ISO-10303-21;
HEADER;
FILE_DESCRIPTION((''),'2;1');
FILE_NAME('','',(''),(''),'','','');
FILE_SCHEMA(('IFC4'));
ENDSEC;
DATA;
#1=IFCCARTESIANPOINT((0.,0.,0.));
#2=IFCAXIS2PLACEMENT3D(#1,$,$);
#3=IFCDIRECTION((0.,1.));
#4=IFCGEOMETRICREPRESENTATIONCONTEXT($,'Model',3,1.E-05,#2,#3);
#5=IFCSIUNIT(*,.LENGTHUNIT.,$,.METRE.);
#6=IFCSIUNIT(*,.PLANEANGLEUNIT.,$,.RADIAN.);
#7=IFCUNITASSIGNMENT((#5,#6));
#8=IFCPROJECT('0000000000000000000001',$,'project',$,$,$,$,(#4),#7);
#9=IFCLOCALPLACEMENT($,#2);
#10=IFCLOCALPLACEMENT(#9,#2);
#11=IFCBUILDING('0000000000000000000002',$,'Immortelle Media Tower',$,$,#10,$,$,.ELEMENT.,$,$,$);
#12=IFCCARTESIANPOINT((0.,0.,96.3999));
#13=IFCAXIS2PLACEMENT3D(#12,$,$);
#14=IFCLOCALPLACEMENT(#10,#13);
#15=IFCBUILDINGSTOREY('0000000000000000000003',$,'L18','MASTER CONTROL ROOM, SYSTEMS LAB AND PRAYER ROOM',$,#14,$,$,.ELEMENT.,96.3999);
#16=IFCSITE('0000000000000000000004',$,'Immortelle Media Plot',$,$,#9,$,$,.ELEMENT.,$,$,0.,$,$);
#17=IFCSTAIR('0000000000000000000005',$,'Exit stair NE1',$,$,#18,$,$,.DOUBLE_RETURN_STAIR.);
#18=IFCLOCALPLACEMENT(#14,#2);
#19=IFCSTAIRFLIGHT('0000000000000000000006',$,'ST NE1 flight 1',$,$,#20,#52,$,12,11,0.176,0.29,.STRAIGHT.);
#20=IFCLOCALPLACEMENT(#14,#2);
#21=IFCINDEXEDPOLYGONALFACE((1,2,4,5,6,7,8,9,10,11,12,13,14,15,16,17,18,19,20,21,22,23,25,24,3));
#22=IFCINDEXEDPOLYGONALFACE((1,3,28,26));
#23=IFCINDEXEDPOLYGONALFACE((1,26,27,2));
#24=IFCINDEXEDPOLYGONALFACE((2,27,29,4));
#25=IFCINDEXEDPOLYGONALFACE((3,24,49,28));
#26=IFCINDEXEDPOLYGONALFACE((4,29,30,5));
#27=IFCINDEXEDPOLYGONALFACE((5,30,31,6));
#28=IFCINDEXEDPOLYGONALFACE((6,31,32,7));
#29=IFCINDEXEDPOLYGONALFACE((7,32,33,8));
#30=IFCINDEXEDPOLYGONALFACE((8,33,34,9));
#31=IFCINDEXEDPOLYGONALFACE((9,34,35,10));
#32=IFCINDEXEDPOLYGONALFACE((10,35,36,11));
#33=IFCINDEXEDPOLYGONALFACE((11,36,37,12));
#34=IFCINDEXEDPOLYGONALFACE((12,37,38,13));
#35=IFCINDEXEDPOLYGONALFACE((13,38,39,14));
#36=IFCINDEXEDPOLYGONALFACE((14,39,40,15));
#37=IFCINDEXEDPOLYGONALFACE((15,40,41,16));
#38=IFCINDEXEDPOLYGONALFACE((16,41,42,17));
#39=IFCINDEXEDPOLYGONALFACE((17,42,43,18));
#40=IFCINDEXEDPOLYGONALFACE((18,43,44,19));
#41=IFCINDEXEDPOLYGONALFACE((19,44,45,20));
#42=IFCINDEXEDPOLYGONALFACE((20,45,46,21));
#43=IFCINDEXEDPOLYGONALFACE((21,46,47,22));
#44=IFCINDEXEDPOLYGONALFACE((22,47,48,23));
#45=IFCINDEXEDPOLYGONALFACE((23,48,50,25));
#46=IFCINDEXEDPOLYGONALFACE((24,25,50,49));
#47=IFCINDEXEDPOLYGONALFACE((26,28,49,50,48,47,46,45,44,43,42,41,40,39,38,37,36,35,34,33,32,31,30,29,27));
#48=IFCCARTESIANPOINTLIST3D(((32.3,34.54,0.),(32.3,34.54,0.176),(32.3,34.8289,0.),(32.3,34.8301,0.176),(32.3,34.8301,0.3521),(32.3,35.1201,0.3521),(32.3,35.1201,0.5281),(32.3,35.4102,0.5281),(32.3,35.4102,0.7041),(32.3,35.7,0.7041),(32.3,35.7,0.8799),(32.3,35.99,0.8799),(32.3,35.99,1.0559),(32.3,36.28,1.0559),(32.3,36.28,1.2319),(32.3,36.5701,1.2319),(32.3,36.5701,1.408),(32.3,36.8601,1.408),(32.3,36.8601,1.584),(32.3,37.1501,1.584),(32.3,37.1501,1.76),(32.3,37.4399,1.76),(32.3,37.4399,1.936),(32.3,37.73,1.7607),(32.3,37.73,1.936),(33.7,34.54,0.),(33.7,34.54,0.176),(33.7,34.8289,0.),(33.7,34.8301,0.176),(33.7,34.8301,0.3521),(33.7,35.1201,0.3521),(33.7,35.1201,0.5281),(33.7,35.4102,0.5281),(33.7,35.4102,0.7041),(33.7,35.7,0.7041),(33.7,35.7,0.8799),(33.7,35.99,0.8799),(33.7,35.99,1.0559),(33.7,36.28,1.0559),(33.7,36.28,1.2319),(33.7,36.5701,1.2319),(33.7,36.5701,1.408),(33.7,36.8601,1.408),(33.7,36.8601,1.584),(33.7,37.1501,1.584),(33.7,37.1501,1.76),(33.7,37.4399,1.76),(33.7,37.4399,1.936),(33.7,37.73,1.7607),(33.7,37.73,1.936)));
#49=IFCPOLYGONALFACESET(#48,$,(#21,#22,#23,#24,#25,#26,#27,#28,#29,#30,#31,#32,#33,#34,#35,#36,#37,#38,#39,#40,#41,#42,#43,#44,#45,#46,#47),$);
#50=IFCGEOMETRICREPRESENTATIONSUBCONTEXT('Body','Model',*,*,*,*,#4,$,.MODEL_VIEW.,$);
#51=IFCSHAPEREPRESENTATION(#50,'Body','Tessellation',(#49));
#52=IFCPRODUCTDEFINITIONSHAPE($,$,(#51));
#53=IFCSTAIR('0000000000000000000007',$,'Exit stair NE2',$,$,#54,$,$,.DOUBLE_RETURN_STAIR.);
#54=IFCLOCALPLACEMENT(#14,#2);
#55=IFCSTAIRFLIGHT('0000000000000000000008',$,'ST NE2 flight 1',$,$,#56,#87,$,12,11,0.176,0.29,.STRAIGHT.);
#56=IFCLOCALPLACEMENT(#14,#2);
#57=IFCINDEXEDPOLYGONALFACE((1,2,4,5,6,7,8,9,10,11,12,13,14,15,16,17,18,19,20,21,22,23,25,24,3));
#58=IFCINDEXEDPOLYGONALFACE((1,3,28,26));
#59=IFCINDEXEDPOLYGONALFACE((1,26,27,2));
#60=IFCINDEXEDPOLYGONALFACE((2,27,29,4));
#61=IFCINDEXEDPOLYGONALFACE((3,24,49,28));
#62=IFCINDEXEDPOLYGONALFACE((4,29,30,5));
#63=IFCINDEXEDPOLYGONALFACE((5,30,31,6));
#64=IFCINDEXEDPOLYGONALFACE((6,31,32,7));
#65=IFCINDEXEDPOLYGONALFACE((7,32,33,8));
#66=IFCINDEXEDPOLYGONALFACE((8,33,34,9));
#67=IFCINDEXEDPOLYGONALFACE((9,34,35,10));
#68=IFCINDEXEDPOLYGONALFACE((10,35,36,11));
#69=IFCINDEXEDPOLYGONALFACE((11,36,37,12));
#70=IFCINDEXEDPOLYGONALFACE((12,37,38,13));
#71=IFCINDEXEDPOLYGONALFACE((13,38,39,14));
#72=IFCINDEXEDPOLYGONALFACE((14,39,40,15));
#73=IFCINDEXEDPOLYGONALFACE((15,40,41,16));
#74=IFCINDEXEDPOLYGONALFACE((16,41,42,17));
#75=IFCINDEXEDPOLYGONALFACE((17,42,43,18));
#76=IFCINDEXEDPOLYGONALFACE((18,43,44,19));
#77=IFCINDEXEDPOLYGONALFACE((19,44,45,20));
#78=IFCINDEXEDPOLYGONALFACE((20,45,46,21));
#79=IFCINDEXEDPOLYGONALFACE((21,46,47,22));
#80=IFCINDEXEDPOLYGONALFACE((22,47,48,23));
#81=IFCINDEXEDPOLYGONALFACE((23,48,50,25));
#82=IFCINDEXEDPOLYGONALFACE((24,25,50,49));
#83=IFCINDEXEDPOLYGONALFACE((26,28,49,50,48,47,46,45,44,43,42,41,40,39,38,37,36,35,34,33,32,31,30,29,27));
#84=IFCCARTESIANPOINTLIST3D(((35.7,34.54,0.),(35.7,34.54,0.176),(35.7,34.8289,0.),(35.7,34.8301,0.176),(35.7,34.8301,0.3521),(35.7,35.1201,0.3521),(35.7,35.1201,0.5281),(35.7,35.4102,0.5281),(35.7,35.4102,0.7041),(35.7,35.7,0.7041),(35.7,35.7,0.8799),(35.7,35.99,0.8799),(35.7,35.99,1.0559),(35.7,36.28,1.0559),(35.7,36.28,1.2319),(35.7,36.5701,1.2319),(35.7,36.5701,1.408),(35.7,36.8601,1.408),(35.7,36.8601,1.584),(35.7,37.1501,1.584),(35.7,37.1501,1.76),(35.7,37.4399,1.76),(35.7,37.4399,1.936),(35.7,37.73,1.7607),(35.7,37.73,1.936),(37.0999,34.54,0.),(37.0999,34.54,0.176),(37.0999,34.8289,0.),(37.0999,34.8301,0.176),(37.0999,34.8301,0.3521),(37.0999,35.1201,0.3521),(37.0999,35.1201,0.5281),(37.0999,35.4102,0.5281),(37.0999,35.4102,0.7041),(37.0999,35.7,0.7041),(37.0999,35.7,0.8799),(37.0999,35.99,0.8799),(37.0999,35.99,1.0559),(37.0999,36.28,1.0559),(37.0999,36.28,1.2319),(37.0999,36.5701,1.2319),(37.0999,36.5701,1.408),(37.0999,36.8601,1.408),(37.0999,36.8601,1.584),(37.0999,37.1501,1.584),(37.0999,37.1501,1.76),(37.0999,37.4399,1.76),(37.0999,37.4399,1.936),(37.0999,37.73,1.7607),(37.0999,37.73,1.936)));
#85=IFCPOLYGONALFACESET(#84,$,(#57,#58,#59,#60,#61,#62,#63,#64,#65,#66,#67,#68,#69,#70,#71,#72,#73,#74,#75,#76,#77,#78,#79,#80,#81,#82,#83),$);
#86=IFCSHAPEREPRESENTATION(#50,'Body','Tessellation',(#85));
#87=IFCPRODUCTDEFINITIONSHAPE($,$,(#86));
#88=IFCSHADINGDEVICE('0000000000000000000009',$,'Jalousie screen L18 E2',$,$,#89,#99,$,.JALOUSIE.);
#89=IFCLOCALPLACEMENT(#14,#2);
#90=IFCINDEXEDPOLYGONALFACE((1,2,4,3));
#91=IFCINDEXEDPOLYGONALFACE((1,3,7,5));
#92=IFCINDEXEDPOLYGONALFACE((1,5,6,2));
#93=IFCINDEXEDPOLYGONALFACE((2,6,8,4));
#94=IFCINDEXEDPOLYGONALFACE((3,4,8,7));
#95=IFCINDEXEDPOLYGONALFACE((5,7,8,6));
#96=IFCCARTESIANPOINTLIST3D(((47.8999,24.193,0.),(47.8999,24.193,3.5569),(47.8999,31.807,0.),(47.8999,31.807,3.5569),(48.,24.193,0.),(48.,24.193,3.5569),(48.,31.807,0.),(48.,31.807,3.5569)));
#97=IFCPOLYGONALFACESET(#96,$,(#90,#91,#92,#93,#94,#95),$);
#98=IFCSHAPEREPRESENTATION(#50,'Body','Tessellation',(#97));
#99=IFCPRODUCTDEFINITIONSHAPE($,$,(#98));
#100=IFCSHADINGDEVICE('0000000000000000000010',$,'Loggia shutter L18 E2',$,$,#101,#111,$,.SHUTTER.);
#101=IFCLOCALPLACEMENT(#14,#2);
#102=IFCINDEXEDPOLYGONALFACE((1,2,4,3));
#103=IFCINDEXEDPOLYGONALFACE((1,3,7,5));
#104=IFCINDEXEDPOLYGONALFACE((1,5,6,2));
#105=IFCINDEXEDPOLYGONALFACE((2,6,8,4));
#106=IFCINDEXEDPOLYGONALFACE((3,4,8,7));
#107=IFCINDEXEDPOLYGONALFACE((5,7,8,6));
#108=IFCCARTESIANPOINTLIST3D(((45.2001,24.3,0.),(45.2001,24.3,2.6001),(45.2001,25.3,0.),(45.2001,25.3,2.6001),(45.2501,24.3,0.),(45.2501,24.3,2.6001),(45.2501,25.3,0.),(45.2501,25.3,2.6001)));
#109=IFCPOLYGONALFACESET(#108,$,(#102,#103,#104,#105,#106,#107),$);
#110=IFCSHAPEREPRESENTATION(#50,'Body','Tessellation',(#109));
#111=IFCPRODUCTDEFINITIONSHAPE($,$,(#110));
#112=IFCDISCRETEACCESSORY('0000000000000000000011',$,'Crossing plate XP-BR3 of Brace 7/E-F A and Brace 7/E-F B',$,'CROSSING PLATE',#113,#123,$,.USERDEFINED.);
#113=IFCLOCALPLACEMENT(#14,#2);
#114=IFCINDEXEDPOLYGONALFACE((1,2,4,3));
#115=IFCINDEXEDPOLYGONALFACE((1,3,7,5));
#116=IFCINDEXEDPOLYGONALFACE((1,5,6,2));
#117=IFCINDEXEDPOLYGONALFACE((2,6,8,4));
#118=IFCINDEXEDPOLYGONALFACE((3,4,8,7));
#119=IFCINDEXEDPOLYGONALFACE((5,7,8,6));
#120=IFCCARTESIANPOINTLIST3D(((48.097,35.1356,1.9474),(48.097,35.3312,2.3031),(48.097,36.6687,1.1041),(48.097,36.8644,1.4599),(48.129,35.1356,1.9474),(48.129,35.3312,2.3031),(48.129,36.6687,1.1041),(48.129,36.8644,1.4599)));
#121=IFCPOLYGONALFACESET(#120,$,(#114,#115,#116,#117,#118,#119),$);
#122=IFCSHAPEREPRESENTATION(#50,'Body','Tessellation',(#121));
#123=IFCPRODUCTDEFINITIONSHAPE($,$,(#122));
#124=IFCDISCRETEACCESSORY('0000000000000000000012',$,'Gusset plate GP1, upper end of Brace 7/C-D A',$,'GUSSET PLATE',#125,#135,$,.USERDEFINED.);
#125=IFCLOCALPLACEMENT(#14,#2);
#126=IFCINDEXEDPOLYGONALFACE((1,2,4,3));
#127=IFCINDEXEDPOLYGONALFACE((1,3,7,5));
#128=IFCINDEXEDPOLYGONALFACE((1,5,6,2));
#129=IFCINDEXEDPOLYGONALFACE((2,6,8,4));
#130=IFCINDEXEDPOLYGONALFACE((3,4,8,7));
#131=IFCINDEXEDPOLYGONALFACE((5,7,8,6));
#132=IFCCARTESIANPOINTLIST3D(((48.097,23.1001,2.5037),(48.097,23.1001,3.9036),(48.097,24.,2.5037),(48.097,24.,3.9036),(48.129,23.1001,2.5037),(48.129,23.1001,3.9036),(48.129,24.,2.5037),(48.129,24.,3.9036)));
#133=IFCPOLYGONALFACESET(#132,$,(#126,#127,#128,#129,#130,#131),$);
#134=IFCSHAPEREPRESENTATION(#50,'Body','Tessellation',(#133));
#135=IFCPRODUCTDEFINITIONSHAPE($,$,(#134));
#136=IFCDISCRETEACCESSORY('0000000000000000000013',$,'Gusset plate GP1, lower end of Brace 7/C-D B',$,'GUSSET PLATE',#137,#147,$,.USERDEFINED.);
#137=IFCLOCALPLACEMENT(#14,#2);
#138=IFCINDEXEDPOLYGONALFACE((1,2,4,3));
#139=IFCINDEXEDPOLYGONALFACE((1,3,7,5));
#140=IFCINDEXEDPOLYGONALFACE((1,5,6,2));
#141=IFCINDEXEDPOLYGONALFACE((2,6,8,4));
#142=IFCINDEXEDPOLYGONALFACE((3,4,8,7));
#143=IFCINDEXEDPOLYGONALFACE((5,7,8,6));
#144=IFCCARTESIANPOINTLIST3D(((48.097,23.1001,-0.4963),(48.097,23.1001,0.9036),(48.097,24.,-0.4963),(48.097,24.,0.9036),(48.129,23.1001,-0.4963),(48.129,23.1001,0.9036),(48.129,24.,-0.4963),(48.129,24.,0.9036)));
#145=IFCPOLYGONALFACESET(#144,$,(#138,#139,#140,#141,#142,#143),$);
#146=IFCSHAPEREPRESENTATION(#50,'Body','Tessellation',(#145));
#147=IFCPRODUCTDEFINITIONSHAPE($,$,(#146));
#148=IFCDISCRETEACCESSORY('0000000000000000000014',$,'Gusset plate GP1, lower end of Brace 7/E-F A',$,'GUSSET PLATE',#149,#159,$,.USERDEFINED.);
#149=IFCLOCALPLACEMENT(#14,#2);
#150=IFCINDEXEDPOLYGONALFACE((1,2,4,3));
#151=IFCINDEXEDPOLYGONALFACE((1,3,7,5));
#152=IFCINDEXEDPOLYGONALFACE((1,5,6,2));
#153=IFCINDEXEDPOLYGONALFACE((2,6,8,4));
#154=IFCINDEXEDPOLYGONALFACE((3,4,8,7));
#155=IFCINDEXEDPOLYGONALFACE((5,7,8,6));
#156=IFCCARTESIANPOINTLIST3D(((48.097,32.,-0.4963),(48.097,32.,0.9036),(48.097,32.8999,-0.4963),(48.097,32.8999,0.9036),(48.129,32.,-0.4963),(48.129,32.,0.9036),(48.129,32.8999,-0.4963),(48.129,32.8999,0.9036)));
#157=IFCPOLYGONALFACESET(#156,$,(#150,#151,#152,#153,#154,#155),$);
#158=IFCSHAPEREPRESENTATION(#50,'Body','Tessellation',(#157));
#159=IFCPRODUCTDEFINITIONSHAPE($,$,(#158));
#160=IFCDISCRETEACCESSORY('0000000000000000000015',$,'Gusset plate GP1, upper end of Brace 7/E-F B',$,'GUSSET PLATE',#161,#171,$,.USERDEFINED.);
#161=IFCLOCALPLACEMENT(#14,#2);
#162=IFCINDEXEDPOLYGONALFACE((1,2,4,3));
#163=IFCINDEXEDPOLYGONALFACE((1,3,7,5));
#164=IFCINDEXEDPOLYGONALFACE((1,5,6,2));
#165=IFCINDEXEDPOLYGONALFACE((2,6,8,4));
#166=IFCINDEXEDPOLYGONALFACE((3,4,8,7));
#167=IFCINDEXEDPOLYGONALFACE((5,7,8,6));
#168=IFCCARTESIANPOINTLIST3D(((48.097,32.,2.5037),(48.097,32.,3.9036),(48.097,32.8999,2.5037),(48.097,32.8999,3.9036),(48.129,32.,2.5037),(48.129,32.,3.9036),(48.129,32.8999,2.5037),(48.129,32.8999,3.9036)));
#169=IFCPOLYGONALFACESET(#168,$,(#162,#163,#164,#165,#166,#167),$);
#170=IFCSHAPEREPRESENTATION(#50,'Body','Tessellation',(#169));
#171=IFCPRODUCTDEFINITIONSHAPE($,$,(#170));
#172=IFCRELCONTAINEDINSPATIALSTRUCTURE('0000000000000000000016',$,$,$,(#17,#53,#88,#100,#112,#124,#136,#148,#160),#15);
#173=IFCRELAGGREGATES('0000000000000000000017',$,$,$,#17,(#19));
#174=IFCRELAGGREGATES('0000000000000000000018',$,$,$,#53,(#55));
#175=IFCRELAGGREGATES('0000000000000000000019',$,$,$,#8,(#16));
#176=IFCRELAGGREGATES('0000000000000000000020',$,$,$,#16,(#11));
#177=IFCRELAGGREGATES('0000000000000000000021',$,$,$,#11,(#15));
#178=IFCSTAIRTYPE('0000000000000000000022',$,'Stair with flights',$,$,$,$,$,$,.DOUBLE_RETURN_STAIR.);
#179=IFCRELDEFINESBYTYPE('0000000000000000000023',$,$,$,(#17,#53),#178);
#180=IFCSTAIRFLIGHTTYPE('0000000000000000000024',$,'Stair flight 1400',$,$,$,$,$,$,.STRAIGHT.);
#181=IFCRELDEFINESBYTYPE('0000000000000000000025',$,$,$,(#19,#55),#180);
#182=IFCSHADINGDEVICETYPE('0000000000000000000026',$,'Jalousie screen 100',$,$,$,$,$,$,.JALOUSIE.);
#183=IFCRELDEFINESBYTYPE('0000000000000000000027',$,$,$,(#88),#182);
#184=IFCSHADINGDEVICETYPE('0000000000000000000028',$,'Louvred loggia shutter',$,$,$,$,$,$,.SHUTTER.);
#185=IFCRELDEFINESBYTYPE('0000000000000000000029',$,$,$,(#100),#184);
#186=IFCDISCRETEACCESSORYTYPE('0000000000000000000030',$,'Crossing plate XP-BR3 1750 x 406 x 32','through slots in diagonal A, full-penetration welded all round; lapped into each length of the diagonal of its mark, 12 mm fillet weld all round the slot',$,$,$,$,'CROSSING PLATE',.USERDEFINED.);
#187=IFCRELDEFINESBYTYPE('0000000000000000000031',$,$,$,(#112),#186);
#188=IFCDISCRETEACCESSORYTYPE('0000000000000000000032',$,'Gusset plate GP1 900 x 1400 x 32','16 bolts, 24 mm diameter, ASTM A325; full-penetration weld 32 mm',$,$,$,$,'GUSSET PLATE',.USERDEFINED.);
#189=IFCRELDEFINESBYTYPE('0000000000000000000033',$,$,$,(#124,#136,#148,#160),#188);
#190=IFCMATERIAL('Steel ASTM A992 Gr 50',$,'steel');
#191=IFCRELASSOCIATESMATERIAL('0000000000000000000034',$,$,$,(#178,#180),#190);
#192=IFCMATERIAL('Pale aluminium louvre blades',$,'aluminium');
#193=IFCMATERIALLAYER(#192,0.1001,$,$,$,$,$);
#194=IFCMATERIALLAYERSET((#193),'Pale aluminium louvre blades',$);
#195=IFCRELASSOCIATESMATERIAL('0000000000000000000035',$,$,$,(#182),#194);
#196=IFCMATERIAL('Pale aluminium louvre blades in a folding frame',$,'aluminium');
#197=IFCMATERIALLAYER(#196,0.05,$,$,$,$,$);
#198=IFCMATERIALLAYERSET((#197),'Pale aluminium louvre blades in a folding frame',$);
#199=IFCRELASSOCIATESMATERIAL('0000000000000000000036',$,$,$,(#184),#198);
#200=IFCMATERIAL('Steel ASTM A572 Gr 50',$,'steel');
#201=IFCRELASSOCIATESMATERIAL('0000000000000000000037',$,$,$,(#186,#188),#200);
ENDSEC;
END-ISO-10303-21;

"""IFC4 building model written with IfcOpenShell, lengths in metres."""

from ifc_helpers import new_model, si_unit, direction, frame, origin, origin_2d, place, context, subcontext, project, spatial, polyline, rectangle, outline, extrude, material, layer, layer_set, material_profile, profile_set, type_object, element, aggregate, save


model = new_model("IFC4")

# Units and contexts
model_context = context("Model", 3, precision=1e-05, world=origin(), true_north=direction((0.0, 1.0)))
body_context = subcontext(model_context, "Body", "Model", "MODEL_VIEW")
ifc_project = project(units=[si_unit("LENGTHUNIT", "METRE"), si_unit("PLANEANGLEUNIT", "RADIAN")], contexts=[model_context])

# Site, building, storey
site_placement = place(None, origin())
site = spatial("IfcSite", under=ifc_project, at=site_placement, Name="Immortelle Media Plot", CompositionType="ELEMENT", RefElevation=0.0)
building_placement = place(site_placement, origin())
building = spatial("IfcBuilding", under=site, at=building_placement, Name="Immortelle Media Tower", CompositionType="ELEMENT")
storey_placement = place(building_placement, frame((0.0, 0.0, 96.3999)))
storey = spatial("IfcBuildingStorey", under=building, at=storey_placement, Name="L18", Description="MASTER CONTROL ROOM, SYSTEMS LAB AND PRAYER ROOM", CompositionType="ELEMENT", Elevation=96.3999)

# Shared definitions
ifc_material_1 = material(Name="Steel ASTM A992 Gr 50", Category="steel")

# Stairs, stair flights
stair_type = type_object("IfcStairType", Name="Stair with flights", PredefinedType="DOUBLE_RETURN_STAIR", material=ifc_material_1)
stair_1_placement = place(storey_placement, origin())
stair_1 = element("IfcStair", 1, at=stair_1_placement, inside=storey, type_object=stair_type, Name="Exit stair NE1", PredefinedType="DOUBLE_RETURN_STAIR")
stair_flight_type = type_object("IfcStairFlightType", Name="Stair flight 1400", PredefinedType="STRAIGHT", material=ifc_material_1)
stair_flight_1_placement = place(storey_placement, frame((33.0, 34.54, 0.0), z_axis=(0.0, 0.0, 1.0), x_axis=(0.0, 1.0, 0.0)))
stair_flight_1 = element("IfcStairFlight", 2, at=stair_flight_1_placement, type_object=stair_flight_type, Name="ST NE1 flight 1", NumberOfRisers=12, NumberOfTreads=11, PredefinedType="STRAIGHT", RiserHeight=0.176, TreadLength=0.29, context=body_context, shape_type="SweptSolid", body=[
    extrude(outline(polyline([(0.0, 0.0), (0.0, 0.176), (0.29, 0.176), (0.29, 0.3521), (0.5801, 0.3521), (0.5801, 0.5281), (0.8701, 0.5281), (0.8701, 0.7041), (1.1599, 0.7041), (1.1599, 0.8799), (1.45, 0.8799), (1.45, 1.0559), (1.74, 1.0559), (1.74, 1.2319), (2.03, 1.2319), (2.03, 1.408), (2.3201, 1.408), (2.3201, 1.584), (2.6101, 1.584), (2.6101, 1.76), (2.8999, 1.76), (2.8999, 1.936), (3.1899, 1.936), (3.1899, 2.1121), (3.1899, 1.7607), (0.2888, 0.0), (0.0, 0.0)])), frame((0.0, 0.7, 0.0), z_axis=(0.0, -1.0, 0.0), x_axis=(1.0, 0.0, 0.0)), (0.0, 0.0, 1.0), 1.3999),
])
aggregate(stair_1, [stair_flight_1])
stair_2_placement = place(storey_placement, origin())
stair_2 = element("IfcStair", 3, at=stair_2_placement, inside=storey, type_object=stair_type, Name="Exit stair NE2", PredefinedType="DOUBLE_RETURN_STAIR")
stair_flight_2_placement = place(storey_placement, frame((36.3999, 34.54, 0.0), z_axis=(0.0, 0.0, 1.0), x_axis=(0.0, 1.0, 0.0)))
stair_flight_2 = element("IfcStairFlight", 4, at=stair_flight_2_placement, type_object=stair_flight_type, Name="ST NE2 flight 1", NumberOfRisers=12, NumberOfTreads=11, PredefinedType="STRAIGHT", RiserHeight=0.176, TreadLength=0.29, context=body_context, shape_type="SweptSolid", body=[
    extrude(outline(polyline([(0.0, 0.0), (0.0, 0.176), (0.29, 0.176), (0.29, 0.3521), (0.5801, 0.3521), (0.5801, 0.5281), (0.8701, 0.5281), (0.8701, 0.7041), (1.1599, 0.7041), (1.1599, 0.8799), (1.45, 0.8799), (1.45, 1.0559), (1.74, 1.0559), (1.74, 1.2319), (2.03, 1.2319), (2.03, 1.408), (2.3201, 1.408), (2.3201, 1.584), (2.6101, 1.584), (2.6101, 1.76), (2.8999, 1.76), (2.8999, 1.936), (3.1899, 1.936), (3.1899, 2.1121), (3.1899, 1.7607), (0.2888, 0.0), (0.0, 0.0)])), frame((0.0, 0.7, 0.0), z_axis=(0.0, -1.0, 0.0), x_axis=(1.0, 0.0, 0.0)), (0.0, 0.0, 1.0), 1.3999),
])
aggregate(stair_2, [stair_flight_2])

# Shading devices
ifc_material_2 = material(Name="Pale aluminium louvre blades", Category="aluminium")
ifc_layer_1 = layer(ifc_material_2, 0.1001)
ifc_layer_set_1 = layer_set([ifc_layer_1], Name="Pale aluminium louvre blades")
shading_device_type_1 = type_object("IfcShadingDeviceType", Name="Jalousie screen 100", PredefinedType="JALOUSIE", material=ifc_layer_set_1)
shading_device_1_placement = place(storey_placement, frame((47.95, 28.0, 0.0), z_axis=(0.0, 0.0, 1.0), x_axis=(0.0, 1.0, 0.0)))
element("IfcShadingDevice", 5, at=shading_device_1_placement, inside=storey, type_object=shading_device_type_1, Name="Jalousie screen L18 E2", PredefinedType="JALOUSIE", context=body_context, shape_type="SweptSolid", body=[
    extrude(rectangle(XDim=7.614, YDim=0.1001, at=origin_2d()), origin(), (0.0, 0.0, 1.0), 3.5569),
])
ifc_material_3 = material(Name="Pale aluminium louvre blades in a folding frame", Category="aluminium")
ifc_layer_2 = layer(ifc_material_3, 0.05)
ifc_layer_set_2 = layer_set([ifc_layer_2], Name="Pale aluminium louvre blades in a folding frame")
shading_device_type_2 = type_object("IfcShadingDeviceType", Name="Louvred loggia shutter", PredefinedType="SHUTTER", material=ifc_layer_set_2)
shading_device_2_placement = place(storey_placement, frame((45.2251, 24.8, 0.0), z_axis=(0.0, 0.0, 1.0), x_axis=(0.0, 1.0, 0.0)))
element("IfcShadingDevice", 6, at=shading_device_2_placement, inside=storey, type_object=shading_device_type_2, Name="Loggia shutter L18 E2", PredefinedType="SHUTTER", context=body_context, shape_type="SweptSolid", body=[
    extrude(rectangle(XDim=1.0, YDim=0.05, at=origin_2d()), origin(), (0.0, 0.0, 1.0), 2.6001),
])

# Discrete accessories
ifc_material_4 = material(Name="Steel ASTM A572 Gr 50", Category="steel")
ifc_material_profile_1 = material_profile(ifc_material_4, rectangle(XDim=0.032, YDim=0.406, at=origin_2d()), Name="PL 32 x 406")
ifc_profile_set_1 = profile_set([ifc_material_profile_1], Name="Steel ASTM A572 Gr 50")
discrete_accessory_type_1 = type_object("IfcDiscreteAccessoryType", Name="Crossing plate XP-BR3 1750 x 406 x 32", Description="through slots in diagonal A, full-penetration welded all round; lapped into each length of the diagonal of its mark, 12 mm fillet weld all round the slot", ElementType="CROSSING PLATE", PredefinedType="USERDEFINED", material=ifc_profile_set_1)
discrete_accessory_placement = place(storey_placement, frame((48.113, 35.2334, 2.1252), z_axis=(0.0, 0.876216, -0.481919), x_axis=(-1.0, 0.0, 0.0)))
element("IfcDiscreteAccessory", 7, at=discrete_accessory_placement, inside=storey, type_object=discrete_accessory_type_1, Name="Crossing plate XP-BR3 of Brace 7/E-F A and Brace 7/E-F B", ObjectType="CROSSING PLATE", PredefinedType="USERDEFINED", context=body_context, shape_type="SweptSolid", body=[
    extrude(rectangle(XDim=0.032, YDim=0.406, at=origin_2d()), origin(), (0.0, 0.0, 1.0), 1.7498),
])
ifc_material_profile_2 = material_profile(ifc_material_4, rectangle(XDim=0.032, YDim=1.3999, at=origin_2d()), Name="PL 32 x 1400")
ifc_profile_set_2 = profile_set([ifc_material_profile_2], Name="Steel ASTM A572 Gr 50")
discrete_accessory_type_2 = type_object("IfcDiscreteAccessoryType", Name="Gusset plate GP1 900 x 1400 x 32", Description="16 bolts, 24 mm diameter, ASTM A325; full-penetration weld 32 mm", ElementType="GUSSET PLATE", PredefinedType="USERDEFINED", material=ifc_profile_set_2)
for number, where, z_axis, x_axis, name in (
    (8, (48.113, 24.0, 3.2036), (0.0, -1.0, 0.0), (1.0, 0.0, 0.0), "Gusset plate GP1, upper end of Brace 7/C-D A"),
    (9, (48.113, 24.0, 0.2036), (0.0, -1.0, 0.0), (1.0, 0.0, 0.0), "Gusset plate GP1, lower end of Brace 7/C-D B"),
    (10, (48.113, 32.0, 0.2036), (0.0, 1.0, 0.0), (-1.0, 0.0, 0.0), "Gusset plate GP1, lower end of Brace 7/E-F A"),
    (11, (48.113, 32.0, 3.2036), (0.0, 1.0, 0.0), (-1.0, 0.0, 0.0), "Gusset plate GP1, upper end of Brace 7/E-F B"),
):
    element("IfcDiscreteAccessory", number, at=place(storey_placement, frame(where, z_axis=z_axis, x_axis=x_axis)), inside=storey, type_object=discrete_accessory_type_2, Name=name, ObjectType="GUSSET PLATE", PredefinedType="USERDEFINED", context=body_context, shape_type="SweptSolid", body=[
        extrude(rectangle(XDim=0.032, YDim=1.3999, at=origin_2d()), origin(), (0.0, 0.0, 1.0), 0.8999),
    ])

save(model, "model.ifc")
